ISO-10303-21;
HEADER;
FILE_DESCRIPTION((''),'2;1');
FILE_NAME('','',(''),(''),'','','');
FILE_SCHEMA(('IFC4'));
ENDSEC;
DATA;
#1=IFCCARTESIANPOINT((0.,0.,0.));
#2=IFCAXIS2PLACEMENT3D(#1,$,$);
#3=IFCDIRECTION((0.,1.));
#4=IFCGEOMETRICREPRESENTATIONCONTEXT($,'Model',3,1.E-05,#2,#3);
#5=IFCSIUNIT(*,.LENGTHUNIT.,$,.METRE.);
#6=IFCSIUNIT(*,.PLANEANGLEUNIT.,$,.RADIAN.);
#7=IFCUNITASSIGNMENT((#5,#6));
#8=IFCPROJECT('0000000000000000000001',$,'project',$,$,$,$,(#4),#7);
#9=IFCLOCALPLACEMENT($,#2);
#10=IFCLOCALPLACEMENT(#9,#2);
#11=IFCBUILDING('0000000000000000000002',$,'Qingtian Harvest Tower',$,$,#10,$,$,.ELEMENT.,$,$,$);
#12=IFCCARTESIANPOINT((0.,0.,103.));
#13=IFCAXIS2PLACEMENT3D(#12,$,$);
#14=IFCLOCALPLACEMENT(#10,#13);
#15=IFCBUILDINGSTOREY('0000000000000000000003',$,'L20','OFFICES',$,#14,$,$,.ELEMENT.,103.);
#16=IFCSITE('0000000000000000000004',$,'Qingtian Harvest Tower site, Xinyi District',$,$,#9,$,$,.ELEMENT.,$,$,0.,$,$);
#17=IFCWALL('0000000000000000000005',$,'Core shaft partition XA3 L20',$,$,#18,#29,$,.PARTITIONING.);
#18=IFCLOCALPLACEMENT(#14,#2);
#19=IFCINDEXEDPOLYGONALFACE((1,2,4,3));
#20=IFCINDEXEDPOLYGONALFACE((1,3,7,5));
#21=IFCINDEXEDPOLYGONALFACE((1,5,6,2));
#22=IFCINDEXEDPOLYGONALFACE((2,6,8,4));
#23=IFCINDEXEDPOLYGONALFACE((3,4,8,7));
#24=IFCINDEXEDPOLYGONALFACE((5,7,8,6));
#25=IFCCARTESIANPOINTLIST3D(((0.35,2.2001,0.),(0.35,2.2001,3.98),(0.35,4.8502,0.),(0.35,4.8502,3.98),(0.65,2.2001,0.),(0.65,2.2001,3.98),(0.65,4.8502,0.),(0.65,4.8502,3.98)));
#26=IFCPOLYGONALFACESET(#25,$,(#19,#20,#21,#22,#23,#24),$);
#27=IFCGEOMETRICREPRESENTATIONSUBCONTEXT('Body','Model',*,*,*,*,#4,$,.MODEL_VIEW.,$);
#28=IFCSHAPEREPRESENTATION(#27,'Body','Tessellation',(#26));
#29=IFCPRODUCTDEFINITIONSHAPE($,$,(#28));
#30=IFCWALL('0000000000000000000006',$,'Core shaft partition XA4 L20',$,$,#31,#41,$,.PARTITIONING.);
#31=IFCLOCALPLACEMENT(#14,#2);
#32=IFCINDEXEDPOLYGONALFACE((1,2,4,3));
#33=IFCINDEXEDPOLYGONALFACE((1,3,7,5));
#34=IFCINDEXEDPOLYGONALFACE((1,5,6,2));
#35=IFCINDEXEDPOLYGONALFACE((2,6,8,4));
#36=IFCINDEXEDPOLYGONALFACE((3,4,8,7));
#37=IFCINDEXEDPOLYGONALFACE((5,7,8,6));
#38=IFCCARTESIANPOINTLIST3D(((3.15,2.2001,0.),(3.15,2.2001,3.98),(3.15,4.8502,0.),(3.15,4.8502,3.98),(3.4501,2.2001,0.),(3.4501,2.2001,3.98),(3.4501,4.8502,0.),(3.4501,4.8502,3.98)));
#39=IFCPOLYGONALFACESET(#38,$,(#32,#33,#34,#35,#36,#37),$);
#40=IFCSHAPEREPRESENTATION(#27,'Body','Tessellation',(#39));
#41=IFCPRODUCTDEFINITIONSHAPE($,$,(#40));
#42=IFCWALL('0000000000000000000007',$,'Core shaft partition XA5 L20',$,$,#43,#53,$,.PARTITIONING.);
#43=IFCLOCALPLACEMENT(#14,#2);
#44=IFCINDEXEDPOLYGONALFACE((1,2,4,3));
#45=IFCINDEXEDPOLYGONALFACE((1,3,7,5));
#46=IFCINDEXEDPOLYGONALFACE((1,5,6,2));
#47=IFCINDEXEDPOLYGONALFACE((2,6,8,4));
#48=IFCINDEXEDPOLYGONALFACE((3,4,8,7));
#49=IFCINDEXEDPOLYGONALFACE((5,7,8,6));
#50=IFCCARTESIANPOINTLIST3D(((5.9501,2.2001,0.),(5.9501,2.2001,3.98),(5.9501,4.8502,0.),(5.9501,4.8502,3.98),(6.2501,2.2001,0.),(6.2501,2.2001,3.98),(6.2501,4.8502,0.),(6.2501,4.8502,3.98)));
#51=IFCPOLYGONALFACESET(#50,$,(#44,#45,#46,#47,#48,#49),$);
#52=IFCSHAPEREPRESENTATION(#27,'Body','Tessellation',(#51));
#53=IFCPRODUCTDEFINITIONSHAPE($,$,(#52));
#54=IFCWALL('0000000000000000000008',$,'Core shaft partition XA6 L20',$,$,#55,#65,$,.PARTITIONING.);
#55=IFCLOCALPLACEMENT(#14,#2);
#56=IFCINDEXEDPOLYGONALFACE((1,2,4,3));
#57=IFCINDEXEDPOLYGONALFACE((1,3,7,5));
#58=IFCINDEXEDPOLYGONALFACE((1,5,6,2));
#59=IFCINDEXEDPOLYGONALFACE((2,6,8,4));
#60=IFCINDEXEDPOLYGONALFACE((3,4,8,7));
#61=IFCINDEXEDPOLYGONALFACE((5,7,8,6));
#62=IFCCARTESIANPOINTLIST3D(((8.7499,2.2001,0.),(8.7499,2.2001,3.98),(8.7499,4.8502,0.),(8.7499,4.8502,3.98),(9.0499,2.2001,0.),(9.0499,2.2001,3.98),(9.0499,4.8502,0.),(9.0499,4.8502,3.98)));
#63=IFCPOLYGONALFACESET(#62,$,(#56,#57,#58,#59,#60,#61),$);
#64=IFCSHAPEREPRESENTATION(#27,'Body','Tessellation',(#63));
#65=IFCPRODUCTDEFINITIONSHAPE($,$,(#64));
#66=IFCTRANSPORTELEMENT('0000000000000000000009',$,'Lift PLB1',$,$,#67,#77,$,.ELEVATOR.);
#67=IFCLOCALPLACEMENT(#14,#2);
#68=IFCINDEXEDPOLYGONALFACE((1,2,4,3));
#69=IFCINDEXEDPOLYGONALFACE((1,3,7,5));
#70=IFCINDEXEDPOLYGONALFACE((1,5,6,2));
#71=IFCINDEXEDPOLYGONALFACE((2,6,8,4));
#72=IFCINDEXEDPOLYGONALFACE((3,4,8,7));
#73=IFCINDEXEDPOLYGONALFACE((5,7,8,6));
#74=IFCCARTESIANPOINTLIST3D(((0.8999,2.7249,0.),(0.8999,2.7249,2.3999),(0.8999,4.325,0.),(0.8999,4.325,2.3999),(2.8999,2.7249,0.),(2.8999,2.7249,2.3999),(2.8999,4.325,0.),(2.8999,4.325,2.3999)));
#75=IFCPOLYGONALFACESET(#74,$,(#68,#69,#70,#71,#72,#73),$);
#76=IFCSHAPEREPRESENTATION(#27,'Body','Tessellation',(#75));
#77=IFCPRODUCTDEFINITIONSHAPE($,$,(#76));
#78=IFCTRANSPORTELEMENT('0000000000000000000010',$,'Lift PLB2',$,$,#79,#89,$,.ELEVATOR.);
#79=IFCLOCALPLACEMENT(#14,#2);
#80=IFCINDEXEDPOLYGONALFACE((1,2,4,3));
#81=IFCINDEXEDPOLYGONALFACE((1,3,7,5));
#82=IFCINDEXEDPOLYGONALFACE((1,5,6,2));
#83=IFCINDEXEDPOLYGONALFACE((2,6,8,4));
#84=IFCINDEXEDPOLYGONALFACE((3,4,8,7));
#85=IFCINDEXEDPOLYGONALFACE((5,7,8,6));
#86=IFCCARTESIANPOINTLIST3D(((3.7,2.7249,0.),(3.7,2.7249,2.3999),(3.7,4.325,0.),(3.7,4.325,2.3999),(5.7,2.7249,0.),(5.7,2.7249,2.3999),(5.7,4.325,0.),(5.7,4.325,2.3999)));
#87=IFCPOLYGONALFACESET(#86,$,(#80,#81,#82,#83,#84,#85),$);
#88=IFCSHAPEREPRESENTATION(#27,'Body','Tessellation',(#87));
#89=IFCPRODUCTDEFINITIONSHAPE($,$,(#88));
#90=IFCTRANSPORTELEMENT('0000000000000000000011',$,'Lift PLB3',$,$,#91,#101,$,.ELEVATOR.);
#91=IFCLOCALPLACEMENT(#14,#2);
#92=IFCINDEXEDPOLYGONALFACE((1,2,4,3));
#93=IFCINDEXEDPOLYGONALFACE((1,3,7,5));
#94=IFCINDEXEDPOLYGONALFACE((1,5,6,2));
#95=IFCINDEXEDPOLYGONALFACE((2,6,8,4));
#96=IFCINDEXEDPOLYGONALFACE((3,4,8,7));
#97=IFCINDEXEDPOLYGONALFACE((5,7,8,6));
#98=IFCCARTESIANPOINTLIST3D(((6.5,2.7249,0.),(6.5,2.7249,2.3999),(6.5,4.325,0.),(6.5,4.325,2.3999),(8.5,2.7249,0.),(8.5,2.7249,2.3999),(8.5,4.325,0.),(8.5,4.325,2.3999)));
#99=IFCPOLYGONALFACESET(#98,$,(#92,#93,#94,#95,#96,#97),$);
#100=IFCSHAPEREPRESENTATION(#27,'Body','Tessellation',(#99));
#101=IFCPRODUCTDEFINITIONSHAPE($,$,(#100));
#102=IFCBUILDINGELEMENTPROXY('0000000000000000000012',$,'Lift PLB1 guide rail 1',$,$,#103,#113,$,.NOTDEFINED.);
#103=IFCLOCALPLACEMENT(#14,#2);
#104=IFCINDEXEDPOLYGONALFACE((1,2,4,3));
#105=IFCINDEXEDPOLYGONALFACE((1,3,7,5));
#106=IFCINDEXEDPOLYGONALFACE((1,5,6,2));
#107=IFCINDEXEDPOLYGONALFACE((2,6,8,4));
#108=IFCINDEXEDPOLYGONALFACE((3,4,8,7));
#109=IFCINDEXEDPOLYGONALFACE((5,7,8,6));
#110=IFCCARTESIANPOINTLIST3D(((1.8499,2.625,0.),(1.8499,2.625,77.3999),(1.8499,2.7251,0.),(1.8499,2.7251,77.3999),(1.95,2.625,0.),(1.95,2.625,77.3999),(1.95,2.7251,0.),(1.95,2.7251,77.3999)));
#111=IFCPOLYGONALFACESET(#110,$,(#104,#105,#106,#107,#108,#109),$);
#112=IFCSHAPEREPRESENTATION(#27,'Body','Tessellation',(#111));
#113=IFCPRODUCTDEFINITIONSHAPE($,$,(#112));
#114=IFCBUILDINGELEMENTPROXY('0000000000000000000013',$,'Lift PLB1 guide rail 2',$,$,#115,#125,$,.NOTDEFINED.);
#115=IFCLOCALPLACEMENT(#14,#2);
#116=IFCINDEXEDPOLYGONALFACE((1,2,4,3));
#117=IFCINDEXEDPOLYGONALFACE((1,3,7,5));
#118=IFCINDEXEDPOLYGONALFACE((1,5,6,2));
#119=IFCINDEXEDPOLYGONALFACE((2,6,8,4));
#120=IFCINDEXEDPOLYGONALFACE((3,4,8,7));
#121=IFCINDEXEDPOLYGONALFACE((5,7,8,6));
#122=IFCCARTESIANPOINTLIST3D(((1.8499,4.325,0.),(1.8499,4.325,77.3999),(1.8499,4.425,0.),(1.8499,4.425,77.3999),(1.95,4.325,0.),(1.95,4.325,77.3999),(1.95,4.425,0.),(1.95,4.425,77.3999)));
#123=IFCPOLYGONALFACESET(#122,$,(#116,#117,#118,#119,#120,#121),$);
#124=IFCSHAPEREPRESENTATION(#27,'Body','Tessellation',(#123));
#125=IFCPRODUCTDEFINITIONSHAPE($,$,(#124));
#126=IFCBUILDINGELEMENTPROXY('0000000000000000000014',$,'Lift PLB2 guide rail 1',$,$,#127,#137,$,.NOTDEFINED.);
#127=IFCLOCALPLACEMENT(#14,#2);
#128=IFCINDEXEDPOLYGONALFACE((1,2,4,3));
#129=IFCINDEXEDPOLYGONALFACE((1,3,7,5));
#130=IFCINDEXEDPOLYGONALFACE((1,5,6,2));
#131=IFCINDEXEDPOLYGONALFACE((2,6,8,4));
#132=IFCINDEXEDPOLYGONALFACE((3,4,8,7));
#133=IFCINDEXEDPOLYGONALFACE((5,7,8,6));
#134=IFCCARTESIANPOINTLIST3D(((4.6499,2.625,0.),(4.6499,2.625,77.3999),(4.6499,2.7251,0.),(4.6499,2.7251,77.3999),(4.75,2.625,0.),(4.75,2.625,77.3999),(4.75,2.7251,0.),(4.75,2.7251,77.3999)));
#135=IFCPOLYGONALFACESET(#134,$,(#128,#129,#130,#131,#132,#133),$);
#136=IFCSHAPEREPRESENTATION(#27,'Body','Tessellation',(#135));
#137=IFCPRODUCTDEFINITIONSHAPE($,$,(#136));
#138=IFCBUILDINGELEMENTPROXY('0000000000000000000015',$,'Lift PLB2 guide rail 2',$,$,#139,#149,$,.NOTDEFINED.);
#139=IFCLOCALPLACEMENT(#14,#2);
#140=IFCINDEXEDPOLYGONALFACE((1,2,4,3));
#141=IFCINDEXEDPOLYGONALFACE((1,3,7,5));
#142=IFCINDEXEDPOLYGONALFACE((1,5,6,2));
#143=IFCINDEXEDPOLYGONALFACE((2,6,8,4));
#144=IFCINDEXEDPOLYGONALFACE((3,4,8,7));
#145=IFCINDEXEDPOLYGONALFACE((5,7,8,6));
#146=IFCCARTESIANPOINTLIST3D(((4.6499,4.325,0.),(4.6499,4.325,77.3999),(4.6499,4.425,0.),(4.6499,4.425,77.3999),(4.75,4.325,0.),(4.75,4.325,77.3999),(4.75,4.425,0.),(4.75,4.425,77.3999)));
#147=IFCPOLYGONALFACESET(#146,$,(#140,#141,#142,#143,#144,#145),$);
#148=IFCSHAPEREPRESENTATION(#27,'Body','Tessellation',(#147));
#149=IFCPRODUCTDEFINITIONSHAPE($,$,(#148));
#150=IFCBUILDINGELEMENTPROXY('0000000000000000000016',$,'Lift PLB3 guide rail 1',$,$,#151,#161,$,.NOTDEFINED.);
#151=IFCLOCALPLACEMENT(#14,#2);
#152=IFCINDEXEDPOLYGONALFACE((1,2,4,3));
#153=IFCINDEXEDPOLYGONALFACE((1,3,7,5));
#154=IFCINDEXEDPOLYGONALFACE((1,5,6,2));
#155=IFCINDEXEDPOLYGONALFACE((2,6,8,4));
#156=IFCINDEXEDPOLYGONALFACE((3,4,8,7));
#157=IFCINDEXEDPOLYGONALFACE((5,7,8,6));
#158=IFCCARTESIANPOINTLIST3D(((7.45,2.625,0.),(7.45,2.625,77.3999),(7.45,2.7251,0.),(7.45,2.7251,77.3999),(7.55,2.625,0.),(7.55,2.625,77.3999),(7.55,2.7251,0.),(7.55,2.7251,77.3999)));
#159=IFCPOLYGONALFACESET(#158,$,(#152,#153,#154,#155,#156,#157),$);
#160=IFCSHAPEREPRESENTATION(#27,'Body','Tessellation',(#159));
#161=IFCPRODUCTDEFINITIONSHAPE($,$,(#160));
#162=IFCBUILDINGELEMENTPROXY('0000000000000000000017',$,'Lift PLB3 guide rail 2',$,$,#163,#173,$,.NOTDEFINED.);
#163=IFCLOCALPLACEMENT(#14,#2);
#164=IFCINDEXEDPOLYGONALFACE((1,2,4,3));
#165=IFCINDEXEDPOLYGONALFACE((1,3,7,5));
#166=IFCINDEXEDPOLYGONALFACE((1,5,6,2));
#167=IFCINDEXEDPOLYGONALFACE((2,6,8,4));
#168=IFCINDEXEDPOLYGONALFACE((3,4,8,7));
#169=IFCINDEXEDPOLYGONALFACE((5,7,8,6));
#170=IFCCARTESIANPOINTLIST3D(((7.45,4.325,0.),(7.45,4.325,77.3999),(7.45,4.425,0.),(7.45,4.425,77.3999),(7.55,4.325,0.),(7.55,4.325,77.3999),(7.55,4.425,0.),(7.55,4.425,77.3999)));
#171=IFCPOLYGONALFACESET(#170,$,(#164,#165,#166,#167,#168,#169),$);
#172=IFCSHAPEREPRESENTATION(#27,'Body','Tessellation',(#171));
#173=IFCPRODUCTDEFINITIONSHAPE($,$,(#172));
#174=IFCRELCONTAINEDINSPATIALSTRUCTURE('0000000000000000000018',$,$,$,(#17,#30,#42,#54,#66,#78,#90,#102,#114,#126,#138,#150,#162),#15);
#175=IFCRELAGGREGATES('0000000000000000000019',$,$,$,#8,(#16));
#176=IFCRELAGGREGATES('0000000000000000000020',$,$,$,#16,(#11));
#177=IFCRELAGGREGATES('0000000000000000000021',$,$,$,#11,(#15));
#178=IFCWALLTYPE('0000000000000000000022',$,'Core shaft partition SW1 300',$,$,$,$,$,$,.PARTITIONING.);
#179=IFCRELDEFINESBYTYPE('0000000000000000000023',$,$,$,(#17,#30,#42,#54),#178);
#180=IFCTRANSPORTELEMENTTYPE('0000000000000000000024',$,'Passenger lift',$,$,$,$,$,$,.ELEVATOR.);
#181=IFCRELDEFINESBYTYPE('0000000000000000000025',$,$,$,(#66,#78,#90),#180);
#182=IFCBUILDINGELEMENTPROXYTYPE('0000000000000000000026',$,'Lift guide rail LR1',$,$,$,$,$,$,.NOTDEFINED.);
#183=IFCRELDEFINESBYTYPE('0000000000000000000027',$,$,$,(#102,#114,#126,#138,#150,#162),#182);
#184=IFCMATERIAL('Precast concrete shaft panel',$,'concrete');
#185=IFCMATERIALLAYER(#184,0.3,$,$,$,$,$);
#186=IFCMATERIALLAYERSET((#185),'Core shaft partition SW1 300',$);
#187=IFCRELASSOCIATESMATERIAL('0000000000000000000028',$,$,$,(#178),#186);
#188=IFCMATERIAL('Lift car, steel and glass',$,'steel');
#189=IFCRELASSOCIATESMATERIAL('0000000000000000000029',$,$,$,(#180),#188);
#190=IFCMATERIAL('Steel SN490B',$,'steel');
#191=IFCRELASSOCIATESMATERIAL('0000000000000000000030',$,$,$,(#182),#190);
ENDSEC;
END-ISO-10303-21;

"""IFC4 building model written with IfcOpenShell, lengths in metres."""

from ifc_helpers import new_model, si_unit, direction, frame, frame_2d, origin, origin_2d, place, context, subcontext, project, spatial, rectangle, extrude, material, layer, layer_set, type_object, element, save


model = new_model("IFC4")

# Units and contexts
model_context = context("Model", 3, precision=1e-05, world=origin(), true_north=direction((0.0, 1.0)))
body_context = subcontext(model_context, "Body", "Model", "MODEL_VIEW")
ifc_project = project(units=[si_unit("LENGTHUNIT", "METRE"), si_unit("PLANEANGLEUNIT", "RADIAN")], contexts=[model_context])

# Site, building, storey
site_placement = place(None, origin())
site = spatial("IfcSite", under=ifc_project, at=site_placement, Name="Qingtian Harvest Tower site, Xinyi District", CompositionType="ELEMENT", RefElevation=0.0)
building_placement = place(site_placement, origin())
building = spatial("IfcBuilding", under=site, at=building_placement, Name="Qingtian Harvest Tower", CompositionType="ELEMENT")
storey_placement = place(building_placement, frame((0.0, 0.0, 103.0)))
storey = spatial("IfcBuildingStorey", under=building, at=storey_placement, Name="L20", Description="OFFICES", CompositionType="ELEMENT", Elevation=103.0)

# Shared definitions
ifc_material_1 = material(Name="Precast concrete shaft panel", Category="concrete")
ifc_layer_1 = layer(ifc_material_1, 0.3)
ifc_layer_set_1 = layer_set([ifc_layer_1], Name="Core shaft partition SW1 300")
wall_type_1 = type_object("IfcWallType", Name="Core shaft partition SW1 300", PredefinedType="PARTITIONING", material=ifc_layer_set_1)

# Walls
for number, where, z_axis, x_axis, name in (
    (1, (0.5, 2.2, 0.0), (0.0, 0.0, 1.0), (0.0, 1.0, 0.0), "Core shaft partition XA3 L20"),
    (2, (3.3, 2.2, 0.0), (0.0, 0.0, 1.0), (0.0, 1.0, 0.0), "Core shaft partition XA4 L20"),
    (3, (6.1001, 2.2, 0.0), (0.0, 0.0, 1.0), (0.0, 1.0, 0.0), "Core shaft partition XA5 L20"),
    (4, (8.8999, 2.2, 0.0), (0.0, 0.0, 1.0), (0.0, 1.0, 0.0), "Core shaft partition XA6 L20"),
):
    element("IfcWall", number, at=place(storey_placement, frame(where, z_axis=z_axis, x_axis=x_axis)), inside=storey, type_object=wall_type_1, Name=name, PredefinedType="PARTITIONING", context=body_context, shape_type="SweptSolid", body=[
        extrude(rectangle(XDim=2.6501, YDim=0.3, at=frame_2d((1.3252, 0.0))), origin(), (0.0, 0.0, 1.0), 3.98),
    ])

# Transport elements
ifc_material_2 = material(Name="Lift car, steel and glass", Category="steel")
transport_element_type = type_object("IfcTransportElementType", Name="Passenger lift", PredefinedType="ELEVATOR", material=ifc_material_2)
for number, where, z_axis, x_axis, name in (
    (5, (1.8999, 3.5249, 0.0), (0.0, 0.0, 1.0), (1.0, 0.0, 0.0), "Lift PLB1"),
    (6, (4.7, 3.5249, 0.0), (0.0, 0.0, 1.0), (1.0, 0.0, 0.0), "Lift PLB2"),
    (7, (7.5, 3.5249, 0.0), (0.0, 0.0, 1.0), (1.0, 0.0, 0.0), "Lift PLB3"),
):
    element("IfcTransportElement", number, at=place(storey_placement, frame(where, z_axis=z_axis, x_axis=x_axis)), inside=storey, type_object=transport_element_type, Name=name, PredefinedType="ELEVATOR", context=body_context, shape_type="SweptSolid", body=[
        extrude(rectangle(XDim=2.0, YDim=1.6001, at=origin_2d()), origin(), (0.0, 0.0, 1.0), 2.3999),
    ])

# Building element proxies
ifc_material_3 = material(Name="Steel SN490B", Category="steel")
building_element_proxy_type = type_object("IfcBuildingElementProxyType", Name="Lift guide rail LR1", PredefinedType="NOTDEFINED", material=ifc_material_3)
for number, where, z_axis, x_axis, name in (
    (8, (1.8999, 2.675, 0.0), (0.0, 0.0, 1.0), (1.0, 0.0, 0.0), "Lift PLB1 guide rail 1"),
    (9, (1.8999, 4.375, 0.0), (0.0, 0.0, 1.0), (1.0, 0.0, 0.0), "Lift PLB1 guide rail 2"),
    (10, (4.7, 2.675, 0.0), (0.0, 0.0, 1.0), (1.0, 0.0, 0.0), "Lift PLB2 guide rail 1"),
    (11, (4.7, 4.375, 0.0), (0.0, 0.0, 1.0), (1.0, 0.0, 0.0), "Lift PLB2 guide rail 2"),
    (12, (7.5, 2.675, 0.0), (0.0, 0.0, 1.0), (1.0, 0.0, 0.0), "Lift PLB3 guide rail 1"),
    (13, (7.5, 4.375, 0.0), (0.0, 0.0, 1.0), (1.0, 0.0, 0.0), "Lift PLB3 guide rail 2"),
):
    element("IfcBuildingElementProxy", number, at=place(storey_placement, frame(where, z_axis=z_axis, x_axis=x_axis)), inside=storey, type_object=building_element_proxy_type, Name=name, PredefinedType="NOTDEFINED", context=body_context, shape_type="SweptSolid", body=[
        extrude(rectangle(XDim=0.1001, YDim=0.1001, at=origin_2d()), origin(), (0.0, 0.0, 1.0), 77.3999),
    ])

save(model, "model.ifc")
